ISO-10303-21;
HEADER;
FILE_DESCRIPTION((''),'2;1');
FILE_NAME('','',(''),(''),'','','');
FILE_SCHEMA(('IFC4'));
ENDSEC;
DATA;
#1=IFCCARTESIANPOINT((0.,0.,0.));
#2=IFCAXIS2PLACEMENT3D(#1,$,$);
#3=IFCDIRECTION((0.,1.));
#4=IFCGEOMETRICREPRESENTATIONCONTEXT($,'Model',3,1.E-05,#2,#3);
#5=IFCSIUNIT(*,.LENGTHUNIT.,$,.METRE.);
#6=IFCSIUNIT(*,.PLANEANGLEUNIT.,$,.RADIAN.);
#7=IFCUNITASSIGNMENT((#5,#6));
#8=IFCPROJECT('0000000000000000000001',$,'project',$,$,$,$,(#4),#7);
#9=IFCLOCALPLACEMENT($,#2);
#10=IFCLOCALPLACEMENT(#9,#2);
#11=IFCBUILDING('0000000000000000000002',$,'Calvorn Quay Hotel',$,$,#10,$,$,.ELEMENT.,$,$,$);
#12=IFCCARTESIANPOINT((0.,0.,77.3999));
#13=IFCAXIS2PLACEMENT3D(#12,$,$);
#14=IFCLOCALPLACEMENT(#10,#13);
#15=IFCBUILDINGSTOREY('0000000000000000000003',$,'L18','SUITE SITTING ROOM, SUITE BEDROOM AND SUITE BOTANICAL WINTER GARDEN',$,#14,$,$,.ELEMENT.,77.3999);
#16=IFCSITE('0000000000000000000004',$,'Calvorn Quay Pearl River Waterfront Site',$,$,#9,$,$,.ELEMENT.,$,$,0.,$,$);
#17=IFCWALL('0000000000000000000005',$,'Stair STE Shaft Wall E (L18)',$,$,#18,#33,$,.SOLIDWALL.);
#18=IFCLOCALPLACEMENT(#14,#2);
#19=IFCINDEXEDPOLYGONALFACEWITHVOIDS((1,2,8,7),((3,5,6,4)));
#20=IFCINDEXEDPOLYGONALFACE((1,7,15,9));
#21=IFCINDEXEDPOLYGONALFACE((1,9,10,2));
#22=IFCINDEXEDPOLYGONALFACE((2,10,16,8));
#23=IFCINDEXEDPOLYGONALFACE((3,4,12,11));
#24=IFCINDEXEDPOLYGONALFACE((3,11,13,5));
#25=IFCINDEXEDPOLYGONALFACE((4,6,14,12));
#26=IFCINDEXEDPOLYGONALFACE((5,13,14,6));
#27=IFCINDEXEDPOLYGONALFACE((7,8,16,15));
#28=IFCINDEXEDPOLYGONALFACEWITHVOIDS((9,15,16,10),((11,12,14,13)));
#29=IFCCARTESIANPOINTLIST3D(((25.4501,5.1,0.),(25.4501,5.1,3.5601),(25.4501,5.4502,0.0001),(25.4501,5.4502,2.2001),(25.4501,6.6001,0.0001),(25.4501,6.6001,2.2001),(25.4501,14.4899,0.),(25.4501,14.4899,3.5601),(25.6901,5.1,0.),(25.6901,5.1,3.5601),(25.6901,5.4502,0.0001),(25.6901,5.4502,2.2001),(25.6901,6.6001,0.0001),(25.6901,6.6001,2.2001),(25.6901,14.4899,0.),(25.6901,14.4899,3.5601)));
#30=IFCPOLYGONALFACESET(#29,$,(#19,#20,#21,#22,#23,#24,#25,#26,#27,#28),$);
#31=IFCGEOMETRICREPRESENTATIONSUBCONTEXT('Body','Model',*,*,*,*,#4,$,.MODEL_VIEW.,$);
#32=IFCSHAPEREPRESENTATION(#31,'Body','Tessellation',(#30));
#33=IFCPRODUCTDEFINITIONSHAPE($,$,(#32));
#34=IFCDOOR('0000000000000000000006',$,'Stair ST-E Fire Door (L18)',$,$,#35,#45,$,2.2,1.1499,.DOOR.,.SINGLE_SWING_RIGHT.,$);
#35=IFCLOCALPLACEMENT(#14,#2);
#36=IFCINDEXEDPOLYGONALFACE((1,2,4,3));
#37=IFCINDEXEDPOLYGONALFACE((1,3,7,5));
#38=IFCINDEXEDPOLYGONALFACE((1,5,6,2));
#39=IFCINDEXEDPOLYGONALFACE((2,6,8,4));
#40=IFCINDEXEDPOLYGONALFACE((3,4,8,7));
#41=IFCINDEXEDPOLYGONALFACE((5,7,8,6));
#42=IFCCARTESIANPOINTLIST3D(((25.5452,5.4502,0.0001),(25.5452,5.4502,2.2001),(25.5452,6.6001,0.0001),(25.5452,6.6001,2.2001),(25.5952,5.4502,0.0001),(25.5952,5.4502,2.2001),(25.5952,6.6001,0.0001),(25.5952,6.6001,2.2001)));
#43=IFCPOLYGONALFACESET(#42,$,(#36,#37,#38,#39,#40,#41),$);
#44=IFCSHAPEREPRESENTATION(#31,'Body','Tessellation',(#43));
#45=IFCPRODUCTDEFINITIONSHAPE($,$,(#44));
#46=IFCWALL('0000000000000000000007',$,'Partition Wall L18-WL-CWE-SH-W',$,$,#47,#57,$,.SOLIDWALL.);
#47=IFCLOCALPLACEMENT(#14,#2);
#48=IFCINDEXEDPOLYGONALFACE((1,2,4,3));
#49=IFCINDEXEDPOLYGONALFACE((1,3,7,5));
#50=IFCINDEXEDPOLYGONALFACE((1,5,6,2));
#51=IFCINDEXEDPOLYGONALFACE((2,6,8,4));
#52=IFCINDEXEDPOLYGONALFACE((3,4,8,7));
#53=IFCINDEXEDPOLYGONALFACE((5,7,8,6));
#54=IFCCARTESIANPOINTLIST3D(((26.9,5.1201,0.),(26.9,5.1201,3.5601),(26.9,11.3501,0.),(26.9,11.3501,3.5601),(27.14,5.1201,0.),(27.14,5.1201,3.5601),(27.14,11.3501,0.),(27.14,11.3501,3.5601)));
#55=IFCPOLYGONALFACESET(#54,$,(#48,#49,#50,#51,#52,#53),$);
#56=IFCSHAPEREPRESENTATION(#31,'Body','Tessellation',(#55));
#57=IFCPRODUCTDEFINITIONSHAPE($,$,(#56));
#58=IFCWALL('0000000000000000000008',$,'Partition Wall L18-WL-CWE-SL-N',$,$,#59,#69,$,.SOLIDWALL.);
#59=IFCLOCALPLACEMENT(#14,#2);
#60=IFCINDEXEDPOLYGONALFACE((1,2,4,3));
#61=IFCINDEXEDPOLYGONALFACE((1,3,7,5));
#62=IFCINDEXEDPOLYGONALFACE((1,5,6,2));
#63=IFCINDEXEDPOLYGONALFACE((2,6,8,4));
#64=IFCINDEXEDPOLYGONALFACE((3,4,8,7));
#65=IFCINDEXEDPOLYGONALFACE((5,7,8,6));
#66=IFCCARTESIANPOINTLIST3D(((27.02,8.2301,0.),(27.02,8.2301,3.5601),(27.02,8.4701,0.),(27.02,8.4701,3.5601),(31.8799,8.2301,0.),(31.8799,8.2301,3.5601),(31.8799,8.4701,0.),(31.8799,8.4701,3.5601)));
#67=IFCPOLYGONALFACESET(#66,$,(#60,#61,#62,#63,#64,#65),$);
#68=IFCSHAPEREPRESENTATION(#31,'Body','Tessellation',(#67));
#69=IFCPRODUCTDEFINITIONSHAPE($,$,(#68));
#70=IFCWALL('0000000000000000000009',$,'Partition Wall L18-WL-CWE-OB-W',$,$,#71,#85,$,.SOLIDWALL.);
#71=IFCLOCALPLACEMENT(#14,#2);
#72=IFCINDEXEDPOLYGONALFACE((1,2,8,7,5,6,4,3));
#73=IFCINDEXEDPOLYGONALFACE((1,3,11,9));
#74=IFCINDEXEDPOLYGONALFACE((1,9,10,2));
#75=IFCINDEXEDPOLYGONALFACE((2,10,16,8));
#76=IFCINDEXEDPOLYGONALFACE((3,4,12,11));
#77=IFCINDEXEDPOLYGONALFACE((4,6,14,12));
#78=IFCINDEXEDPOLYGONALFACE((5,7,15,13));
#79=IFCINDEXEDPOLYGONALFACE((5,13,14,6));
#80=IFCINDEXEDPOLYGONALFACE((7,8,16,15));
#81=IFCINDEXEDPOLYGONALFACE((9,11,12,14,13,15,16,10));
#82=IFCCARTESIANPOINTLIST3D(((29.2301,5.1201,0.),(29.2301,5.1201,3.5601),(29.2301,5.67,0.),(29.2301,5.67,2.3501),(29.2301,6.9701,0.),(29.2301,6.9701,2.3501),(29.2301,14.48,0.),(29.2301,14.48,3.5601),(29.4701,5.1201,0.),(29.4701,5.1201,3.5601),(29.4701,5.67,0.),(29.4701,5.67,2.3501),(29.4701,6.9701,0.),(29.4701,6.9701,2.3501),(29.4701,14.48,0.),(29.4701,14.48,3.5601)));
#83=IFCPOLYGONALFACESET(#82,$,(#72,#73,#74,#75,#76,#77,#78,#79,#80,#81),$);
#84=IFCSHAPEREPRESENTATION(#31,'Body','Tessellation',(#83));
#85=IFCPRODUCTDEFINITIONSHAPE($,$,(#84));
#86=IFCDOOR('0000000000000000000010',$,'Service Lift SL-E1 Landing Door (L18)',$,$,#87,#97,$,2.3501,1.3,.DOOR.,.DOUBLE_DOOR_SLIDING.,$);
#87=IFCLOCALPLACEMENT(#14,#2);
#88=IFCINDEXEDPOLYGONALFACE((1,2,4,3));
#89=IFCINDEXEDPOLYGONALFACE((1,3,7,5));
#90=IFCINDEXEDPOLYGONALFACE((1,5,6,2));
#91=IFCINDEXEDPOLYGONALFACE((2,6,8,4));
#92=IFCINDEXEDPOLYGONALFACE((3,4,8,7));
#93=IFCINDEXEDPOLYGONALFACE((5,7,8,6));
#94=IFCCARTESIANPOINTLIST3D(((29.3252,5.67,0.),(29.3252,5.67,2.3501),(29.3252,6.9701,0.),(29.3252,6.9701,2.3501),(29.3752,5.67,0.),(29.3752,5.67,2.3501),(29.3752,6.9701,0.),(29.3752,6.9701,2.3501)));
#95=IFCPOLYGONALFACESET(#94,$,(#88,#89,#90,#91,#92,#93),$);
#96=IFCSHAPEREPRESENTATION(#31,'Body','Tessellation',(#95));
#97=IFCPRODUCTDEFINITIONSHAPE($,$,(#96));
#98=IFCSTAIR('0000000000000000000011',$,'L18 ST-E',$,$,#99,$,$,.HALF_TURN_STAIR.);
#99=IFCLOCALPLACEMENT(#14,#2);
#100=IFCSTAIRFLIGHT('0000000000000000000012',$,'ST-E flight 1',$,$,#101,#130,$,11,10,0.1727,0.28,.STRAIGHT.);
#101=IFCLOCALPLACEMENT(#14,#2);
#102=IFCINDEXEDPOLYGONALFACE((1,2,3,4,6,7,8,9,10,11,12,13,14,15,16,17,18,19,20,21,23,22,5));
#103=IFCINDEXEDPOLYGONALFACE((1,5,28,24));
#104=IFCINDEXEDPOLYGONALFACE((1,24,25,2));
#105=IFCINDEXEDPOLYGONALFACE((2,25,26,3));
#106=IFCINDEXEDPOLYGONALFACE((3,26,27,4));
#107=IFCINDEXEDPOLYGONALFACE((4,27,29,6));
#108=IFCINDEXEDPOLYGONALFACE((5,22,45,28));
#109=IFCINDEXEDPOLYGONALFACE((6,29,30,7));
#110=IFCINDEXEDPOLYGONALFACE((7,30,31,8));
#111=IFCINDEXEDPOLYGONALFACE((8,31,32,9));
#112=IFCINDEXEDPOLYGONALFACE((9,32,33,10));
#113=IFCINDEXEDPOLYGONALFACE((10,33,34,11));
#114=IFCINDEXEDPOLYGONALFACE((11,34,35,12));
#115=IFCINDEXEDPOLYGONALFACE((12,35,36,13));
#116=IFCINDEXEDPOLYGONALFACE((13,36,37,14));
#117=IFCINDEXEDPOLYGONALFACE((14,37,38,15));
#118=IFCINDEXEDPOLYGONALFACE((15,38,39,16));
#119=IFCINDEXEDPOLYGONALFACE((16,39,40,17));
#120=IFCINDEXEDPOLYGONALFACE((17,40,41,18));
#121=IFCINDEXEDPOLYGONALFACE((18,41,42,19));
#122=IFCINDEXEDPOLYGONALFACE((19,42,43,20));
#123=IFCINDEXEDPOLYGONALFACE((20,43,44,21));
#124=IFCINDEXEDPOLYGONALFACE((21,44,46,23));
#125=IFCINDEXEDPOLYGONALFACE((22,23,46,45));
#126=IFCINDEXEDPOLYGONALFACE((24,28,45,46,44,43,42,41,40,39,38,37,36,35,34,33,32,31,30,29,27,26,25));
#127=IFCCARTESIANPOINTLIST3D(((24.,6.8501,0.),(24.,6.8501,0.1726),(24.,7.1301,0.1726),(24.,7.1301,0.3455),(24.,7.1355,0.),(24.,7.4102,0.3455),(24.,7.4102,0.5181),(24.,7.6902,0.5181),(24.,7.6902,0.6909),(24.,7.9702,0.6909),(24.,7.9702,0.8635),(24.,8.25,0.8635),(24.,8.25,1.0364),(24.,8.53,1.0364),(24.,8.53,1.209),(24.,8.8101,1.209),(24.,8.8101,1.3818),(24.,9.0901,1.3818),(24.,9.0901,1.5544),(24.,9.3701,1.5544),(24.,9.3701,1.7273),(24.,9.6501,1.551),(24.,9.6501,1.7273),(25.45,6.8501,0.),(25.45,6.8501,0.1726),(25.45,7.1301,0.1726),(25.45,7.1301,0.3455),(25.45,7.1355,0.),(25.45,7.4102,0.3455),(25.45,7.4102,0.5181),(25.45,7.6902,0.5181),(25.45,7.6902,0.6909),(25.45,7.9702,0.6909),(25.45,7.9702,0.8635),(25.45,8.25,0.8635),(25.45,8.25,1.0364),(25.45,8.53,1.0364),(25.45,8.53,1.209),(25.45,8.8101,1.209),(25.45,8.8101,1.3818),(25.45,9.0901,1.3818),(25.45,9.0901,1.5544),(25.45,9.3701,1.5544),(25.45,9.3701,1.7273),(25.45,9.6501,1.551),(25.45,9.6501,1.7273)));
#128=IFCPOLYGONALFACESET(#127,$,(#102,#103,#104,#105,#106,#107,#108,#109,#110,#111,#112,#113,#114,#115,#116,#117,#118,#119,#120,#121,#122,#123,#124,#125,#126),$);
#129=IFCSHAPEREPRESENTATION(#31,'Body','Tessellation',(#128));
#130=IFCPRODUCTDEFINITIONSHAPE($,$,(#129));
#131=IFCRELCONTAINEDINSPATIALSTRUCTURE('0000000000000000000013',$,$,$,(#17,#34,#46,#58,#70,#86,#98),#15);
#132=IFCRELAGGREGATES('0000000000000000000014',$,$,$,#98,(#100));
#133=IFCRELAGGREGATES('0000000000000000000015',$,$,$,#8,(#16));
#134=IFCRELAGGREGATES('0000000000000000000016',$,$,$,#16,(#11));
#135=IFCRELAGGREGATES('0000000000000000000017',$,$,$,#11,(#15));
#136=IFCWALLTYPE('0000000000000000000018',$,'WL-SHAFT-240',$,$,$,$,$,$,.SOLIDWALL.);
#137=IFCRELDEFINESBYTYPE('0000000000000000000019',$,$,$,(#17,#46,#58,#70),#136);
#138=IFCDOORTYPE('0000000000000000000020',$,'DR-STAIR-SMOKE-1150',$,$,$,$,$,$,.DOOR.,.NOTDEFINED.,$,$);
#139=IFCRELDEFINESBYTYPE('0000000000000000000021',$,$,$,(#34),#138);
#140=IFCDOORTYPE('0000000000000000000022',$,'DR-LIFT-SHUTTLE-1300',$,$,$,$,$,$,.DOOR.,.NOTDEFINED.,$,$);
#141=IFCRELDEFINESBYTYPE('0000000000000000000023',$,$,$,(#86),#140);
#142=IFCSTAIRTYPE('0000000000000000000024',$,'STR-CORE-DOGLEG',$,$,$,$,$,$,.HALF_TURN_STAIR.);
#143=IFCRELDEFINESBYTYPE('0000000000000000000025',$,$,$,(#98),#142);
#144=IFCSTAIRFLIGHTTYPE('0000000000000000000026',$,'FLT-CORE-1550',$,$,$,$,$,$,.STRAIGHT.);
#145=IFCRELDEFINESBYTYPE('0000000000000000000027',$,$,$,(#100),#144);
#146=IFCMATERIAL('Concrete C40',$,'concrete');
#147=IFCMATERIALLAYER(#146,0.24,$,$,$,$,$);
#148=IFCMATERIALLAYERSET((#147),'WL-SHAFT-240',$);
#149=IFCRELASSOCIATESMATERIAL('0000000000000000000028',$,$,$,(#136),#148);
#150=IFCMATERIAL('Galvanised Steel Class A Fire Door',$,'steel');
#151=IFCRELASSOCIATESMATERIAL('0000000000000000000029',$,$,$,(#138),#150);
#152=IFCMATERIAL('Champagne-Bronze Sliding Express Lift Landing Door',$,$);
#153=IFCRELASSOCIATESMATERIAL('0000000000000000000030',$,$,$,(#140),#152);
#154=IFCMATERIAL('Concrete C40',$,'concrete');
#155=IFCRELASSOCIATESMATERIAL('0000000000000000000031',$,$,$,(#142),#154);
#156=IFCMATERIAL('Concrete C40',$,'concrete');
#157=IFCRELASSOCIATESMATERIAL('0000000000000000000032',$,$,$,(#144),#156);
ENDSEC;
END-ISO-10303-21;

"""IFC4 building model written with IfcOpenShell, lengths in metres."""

from ifc_helpers import new_model, si_unit, direction, frame, frame_2d, origin, place, context, subcontext, project, spatial, polyline, rectangle, outline, extrude, material, layer, layer_set, type_object, element, fill, aggregate, save


model = new_model("IFC4")

# Units and contexts
model_context = context("Model", 3, precision=1e-05, world=origin(), true_north=direction((0.0, 1.0)))
body_context = subcontext(model_context, "Body", "Model", "MODEL_VIEW")
ifc_project = project(units=[si_unit("LENGTHUNIT", "METRE"), si_unit("PLANEANGLEUNIT", "RADIAN")], contexts=[model_context])

# Site, building, storey
site_placement = place(None, origin())
site = spatial("IfcSite", under=ifc_project, at=site_placement, Name="Calvorn Quay Pearl River Waterfront Site", CompositionType="ELEMENT", RefElevation=0.0)
building_placement = place(site_placement, origin())
building = spatial("IfcBuilding", under=site, at=building_placement, Name="Calvorn Quay Hotel", CompositionType="ELEMENT")
storey_placement = place(building_placement, frame((0.0, 0.0, 77.3999)))
storey = spatial("IfcBuildingStorey", under=building, at=storey_placement, Name="L18", Description="SUITE SITTING ROOM, SUITE BEDROOM AND SUITE BOTANICAL WINTER GARDEN", CompositionType="ELEMENT", Elevation=77.3999)

# Wall, opening, door
ifc_material_1 = material(Name="Concrete C40", Category="concrete")
ifc_layer_1 = layer(ifc_material_1, 0.24)
ifc_layer_set_1 = layer_set([ifc_layer_1], Name="WL-SHAFT-240")
wall_type_1 = type_object("IfcWallType", Name="WL-SHAFT-240", PredefinedType="SOLIDWALL", material=ifc_layer_set_1)
wall_1_placement = place(storey_placement, frame((25.5701, 5.1001, 0.0), z_axis=(0.0, 0.0, 1.0), x_axis=(0.0, 1.0, 0.0)))
wall_1 = element("IfcWall", 1, at=wall_1_placement, inside=storey, type_object=wall_type_1, Name="Stair STE Shaft Wall E (L18)", PredefinedType="SOLIDWALL", context=body_context, shape_type="SweptSolid", body=[
    extrude(rectangle(XDim=9.3899, YDim=0.24, at=frame_2d((4.6948, 0.0))), origin(), (0.0, 0.0, 1.0), 3.5601),
])
opening_1_placement = place(wall_1_placement, frame((0.3501, 0.0, 0.0)))
opening_1 = element("IfcOpeningElement", 2, at=opening_1_placement, cuts=wall_1, PredefinedType="OPENING", context=body_context, shape_type="SweptSolid", body=[
    extrude(rectangle(XDim=1.1499, YDim=2.2, at=frame_2d((0.575, 1.1001))), frame((0.0, 0.1299, 0.0), z_axis=(0.0, -1.0, 0.0), x_axis=(1.0, 0.0, 0.0)), (0.0, 0.0, 1.0), 0.26),
])
ifc_material_2 = material(Name="Galvanised Steel Class A Fire Door", Category="steel")
door_type_1 = type_object("IfcDoorType", Name="DR-STAIR-SMOKE-1150", OperationType="NOTDEFINED", PredefinedType="DOOR", material=ifc_material_2)
door_1_placement = place(opening_1_placement, origin())
door_1 = element("IfcDoor", 3, at=door_1_placement, inside=storey, type_object=door_type_1, Name="Stair ST-E Fire Door (L18)", OperationType="SINGLE_SWING_RIGHT", OverallHeight=2.2, OverallWidth=1.1499, PredefinedType="DOOR", context=body_context, shape_type="SweptSolid", body=[
    extrude(rectangle(XDim=1.1499, YDim=2.2, at=frame_2d((0.575, 1.1001))), frame((0.0, 0.0249, 0.0), z_axis=(0.0, -1.0, 0.0), x_axis=(1.0, 0.0, 0.0)), (0.0, 0.0, 1.0), 0.05),
])
fill(opening_1, door_1)

# Walls
wall_2_placement = place(storey_placement, frame((27.02, 5.1201, 0.0), z_axis=(0.0, 0.0, 1.0), x_axis=(0.0, 1.0, 0.0)))
element("IfcWall", 4, at=wall_2_placement, inside=storey, type_object=wall_type_1, Name="Partition Wall L18-WL-CWE-SH-W", PredefinedType="SOLIDWALL", context=body_context, shape_type="SweptSolid", body=[
    extrude(rectangle(XDim=6.23, YDim=0.24, at=frame_2d((3.115, 0.0))), origin(), (0.0, 0.0, 1.0), 3.5601),
])
wall_3_placement = place(storey_placement, frame((27.02, 8.3501, 0.0), z_axis=(0.0, 0.0, 1.0), x_axis=(1.0, 0.0, 0.0)))
element("IfcWall", 5, at=wall_3_placement, inside=storey, type_object=wall_type_1, Name="Partition Wall L18-WL-CWE-SL-N", PredefinedType="SOLIDWALL", context=body_context, shape_type="SweptSolid", body=[
    extrude(rectangle(XDim=4.8599, YDim=0.24, at=frame_2d((2.4299, 0.0))), origin(), (0.0, 0.0, 1.0), 3.5601),
])

# Wall, opening, door
wall_4_placement = place(storey_placement, frame((29.3501, 5.1201, 0.0), z_axis=(0.0, 0.0, 1.0), x_axis=(0.0, 1.0, 0.0)))
wall_4 = element("IfcWall", 6, at=wall_4_placement, inside=storey, type_object=wall_type_1, Name="Partition Wall L18-WL-CWE-OB-W", PredefinedType="SOLIDWALL", context=body_context, shape_type="SweptSolid", body=[
    extrude(rectangle(XDim=9.3599, YDim=0.24, at=frame_2d((4.6799, 0.0))), origin(), (0.0, 0.0, 1.0), 3.5601),
])
opening_2_placement = place(wall_4_placement, frame((0.55, 0.0, 0.0)))
opening_2 = element("IfcOpeningElement", 7, at=opening_2_placement, cuts=wall_4, PredefinedType="OPENING", context=body_context, shape_type="SweptSolid", body=[
    extrude(rectangle(XDim=1.3, YDim=2.3501, at=frame_2d((0.6499, 1.175))), frame((0.0, 0.1299, 0.0), z_axis=(0.0, -1.0, 0.0), x_axis=(1.0, 0.0, 0.0)), (0.0, 0.0, 1.0), 0.26),
])
ifc_material_3 = material(Name="Champagne-Bronze Sliding Express Lift Landing Door")
door_type_2 = type_object("IfcDoorType", Name="DR-LIFT-SHUTTLE-1300", OperationType="NOTDEFINED", PredefinedType="DOOR", material=ifc_material_3)
door_2_placement = place(opening_2_placement, origin())
door_2 = element("IfcDoor", 8, at=door_2_placement, inside=storey, type_object=door_type_2, Name="Service Lift SL-E1 Landing Door (L18)", OperationType="DOUBLE_DOOR_SLIDING", OverallHeight=2.3501, OverallWidth=1.3, PredefinedType="DOOR", context=body_context, shape_type="SweptSolid", body=[
    extrude(rectangle(XDim=1.3, YDim=2.3501, at=frame_2d((0.6499, 1.175))), frame((0.0, 0.0249, 0.0), z_axis=(0.0, -1.0, 0.0), x_axis=(1.0, 0.0, 0.0)), (0.0, 0.0, 1.0), 0.05),
])
fill(opening_2, door_2)

# Stair, stair flight
ifc_material_4 = material(Name="Concrete C40", Category="concrete")
stair_type = type_object("IfcStairType", Name="STR-CORE-DOGLEG", PredefinedType="HALF_TURN_STAIR", material=ifc_material_4)
stair_placement = place(storey_placement, origin())
stair = element("IfcStair", 9, at=stair_placement, inside=storey, type_object=stair_type, Name="L18 ST-E", PredefinedType="HALF_TURN_STAIR")
ifc_material_5 = material(Name="Concrete C40", Category="concrete")
stair_flight_type = type_object("IfcStairFlightType", Name="FLT-CORE-1550", PredefinedType="STRAIGHT", material=ifc_material_5)
stair_flight_placement = place(storey_placement, frame((24.7251, 6.8501, 0.0), z_axis=(0.0, 0.0, 1.0), x_axis=(0.0, 1.0, 0.0)))
stair_flight = element("IfcStairFlight", 10, at=stair_flight_placement, type_object=stair_flight_type, Name="ST-E flight 1", NumberOfRisers=11, NumberOfTreads=10, PredefinedType="STRAIGHT", RiserHeight=0.1727, TreadLength=0.28, context=body_context, shape_type="SweptSolid", body=[
    extrude(outline(polyline([(0.0, 0.0), (0.0, 0.1726), (0.28, 0.1726), (0.28, 0.3455), (0.5601, 0.3455), (0.5601, 0.5181), (0.8401, 0.5181), (0.8401, 0.6909), (1.1201, 0.6909), (1.1201, 0.8635), (1.3999, 0.8635), (1.3999, 1.0364), (1.6799, 1.0364), (1.6799, 1.209), (1.96, 1.209), (1.96, 1.3818), (2.24, 1.3818), (2.24, 1.5544), (2.52, 1.5544), (2.52, 1.7273), (2.8, 1.7273), (2.8, 1.8999), (2.8, 1.551), (0.2854, 0.0), (0.0, 0.0)])), frame((0.0, 0.7251, 0.0), z_axis=(0.0, -1.0, 0.0), x_axis=(1.0, 0.0, 0.0)), (0.0, 0.0, 1.0), 1.45),
])
aggregate(stair, [stair_flight])

save(model, "model.ifc")
